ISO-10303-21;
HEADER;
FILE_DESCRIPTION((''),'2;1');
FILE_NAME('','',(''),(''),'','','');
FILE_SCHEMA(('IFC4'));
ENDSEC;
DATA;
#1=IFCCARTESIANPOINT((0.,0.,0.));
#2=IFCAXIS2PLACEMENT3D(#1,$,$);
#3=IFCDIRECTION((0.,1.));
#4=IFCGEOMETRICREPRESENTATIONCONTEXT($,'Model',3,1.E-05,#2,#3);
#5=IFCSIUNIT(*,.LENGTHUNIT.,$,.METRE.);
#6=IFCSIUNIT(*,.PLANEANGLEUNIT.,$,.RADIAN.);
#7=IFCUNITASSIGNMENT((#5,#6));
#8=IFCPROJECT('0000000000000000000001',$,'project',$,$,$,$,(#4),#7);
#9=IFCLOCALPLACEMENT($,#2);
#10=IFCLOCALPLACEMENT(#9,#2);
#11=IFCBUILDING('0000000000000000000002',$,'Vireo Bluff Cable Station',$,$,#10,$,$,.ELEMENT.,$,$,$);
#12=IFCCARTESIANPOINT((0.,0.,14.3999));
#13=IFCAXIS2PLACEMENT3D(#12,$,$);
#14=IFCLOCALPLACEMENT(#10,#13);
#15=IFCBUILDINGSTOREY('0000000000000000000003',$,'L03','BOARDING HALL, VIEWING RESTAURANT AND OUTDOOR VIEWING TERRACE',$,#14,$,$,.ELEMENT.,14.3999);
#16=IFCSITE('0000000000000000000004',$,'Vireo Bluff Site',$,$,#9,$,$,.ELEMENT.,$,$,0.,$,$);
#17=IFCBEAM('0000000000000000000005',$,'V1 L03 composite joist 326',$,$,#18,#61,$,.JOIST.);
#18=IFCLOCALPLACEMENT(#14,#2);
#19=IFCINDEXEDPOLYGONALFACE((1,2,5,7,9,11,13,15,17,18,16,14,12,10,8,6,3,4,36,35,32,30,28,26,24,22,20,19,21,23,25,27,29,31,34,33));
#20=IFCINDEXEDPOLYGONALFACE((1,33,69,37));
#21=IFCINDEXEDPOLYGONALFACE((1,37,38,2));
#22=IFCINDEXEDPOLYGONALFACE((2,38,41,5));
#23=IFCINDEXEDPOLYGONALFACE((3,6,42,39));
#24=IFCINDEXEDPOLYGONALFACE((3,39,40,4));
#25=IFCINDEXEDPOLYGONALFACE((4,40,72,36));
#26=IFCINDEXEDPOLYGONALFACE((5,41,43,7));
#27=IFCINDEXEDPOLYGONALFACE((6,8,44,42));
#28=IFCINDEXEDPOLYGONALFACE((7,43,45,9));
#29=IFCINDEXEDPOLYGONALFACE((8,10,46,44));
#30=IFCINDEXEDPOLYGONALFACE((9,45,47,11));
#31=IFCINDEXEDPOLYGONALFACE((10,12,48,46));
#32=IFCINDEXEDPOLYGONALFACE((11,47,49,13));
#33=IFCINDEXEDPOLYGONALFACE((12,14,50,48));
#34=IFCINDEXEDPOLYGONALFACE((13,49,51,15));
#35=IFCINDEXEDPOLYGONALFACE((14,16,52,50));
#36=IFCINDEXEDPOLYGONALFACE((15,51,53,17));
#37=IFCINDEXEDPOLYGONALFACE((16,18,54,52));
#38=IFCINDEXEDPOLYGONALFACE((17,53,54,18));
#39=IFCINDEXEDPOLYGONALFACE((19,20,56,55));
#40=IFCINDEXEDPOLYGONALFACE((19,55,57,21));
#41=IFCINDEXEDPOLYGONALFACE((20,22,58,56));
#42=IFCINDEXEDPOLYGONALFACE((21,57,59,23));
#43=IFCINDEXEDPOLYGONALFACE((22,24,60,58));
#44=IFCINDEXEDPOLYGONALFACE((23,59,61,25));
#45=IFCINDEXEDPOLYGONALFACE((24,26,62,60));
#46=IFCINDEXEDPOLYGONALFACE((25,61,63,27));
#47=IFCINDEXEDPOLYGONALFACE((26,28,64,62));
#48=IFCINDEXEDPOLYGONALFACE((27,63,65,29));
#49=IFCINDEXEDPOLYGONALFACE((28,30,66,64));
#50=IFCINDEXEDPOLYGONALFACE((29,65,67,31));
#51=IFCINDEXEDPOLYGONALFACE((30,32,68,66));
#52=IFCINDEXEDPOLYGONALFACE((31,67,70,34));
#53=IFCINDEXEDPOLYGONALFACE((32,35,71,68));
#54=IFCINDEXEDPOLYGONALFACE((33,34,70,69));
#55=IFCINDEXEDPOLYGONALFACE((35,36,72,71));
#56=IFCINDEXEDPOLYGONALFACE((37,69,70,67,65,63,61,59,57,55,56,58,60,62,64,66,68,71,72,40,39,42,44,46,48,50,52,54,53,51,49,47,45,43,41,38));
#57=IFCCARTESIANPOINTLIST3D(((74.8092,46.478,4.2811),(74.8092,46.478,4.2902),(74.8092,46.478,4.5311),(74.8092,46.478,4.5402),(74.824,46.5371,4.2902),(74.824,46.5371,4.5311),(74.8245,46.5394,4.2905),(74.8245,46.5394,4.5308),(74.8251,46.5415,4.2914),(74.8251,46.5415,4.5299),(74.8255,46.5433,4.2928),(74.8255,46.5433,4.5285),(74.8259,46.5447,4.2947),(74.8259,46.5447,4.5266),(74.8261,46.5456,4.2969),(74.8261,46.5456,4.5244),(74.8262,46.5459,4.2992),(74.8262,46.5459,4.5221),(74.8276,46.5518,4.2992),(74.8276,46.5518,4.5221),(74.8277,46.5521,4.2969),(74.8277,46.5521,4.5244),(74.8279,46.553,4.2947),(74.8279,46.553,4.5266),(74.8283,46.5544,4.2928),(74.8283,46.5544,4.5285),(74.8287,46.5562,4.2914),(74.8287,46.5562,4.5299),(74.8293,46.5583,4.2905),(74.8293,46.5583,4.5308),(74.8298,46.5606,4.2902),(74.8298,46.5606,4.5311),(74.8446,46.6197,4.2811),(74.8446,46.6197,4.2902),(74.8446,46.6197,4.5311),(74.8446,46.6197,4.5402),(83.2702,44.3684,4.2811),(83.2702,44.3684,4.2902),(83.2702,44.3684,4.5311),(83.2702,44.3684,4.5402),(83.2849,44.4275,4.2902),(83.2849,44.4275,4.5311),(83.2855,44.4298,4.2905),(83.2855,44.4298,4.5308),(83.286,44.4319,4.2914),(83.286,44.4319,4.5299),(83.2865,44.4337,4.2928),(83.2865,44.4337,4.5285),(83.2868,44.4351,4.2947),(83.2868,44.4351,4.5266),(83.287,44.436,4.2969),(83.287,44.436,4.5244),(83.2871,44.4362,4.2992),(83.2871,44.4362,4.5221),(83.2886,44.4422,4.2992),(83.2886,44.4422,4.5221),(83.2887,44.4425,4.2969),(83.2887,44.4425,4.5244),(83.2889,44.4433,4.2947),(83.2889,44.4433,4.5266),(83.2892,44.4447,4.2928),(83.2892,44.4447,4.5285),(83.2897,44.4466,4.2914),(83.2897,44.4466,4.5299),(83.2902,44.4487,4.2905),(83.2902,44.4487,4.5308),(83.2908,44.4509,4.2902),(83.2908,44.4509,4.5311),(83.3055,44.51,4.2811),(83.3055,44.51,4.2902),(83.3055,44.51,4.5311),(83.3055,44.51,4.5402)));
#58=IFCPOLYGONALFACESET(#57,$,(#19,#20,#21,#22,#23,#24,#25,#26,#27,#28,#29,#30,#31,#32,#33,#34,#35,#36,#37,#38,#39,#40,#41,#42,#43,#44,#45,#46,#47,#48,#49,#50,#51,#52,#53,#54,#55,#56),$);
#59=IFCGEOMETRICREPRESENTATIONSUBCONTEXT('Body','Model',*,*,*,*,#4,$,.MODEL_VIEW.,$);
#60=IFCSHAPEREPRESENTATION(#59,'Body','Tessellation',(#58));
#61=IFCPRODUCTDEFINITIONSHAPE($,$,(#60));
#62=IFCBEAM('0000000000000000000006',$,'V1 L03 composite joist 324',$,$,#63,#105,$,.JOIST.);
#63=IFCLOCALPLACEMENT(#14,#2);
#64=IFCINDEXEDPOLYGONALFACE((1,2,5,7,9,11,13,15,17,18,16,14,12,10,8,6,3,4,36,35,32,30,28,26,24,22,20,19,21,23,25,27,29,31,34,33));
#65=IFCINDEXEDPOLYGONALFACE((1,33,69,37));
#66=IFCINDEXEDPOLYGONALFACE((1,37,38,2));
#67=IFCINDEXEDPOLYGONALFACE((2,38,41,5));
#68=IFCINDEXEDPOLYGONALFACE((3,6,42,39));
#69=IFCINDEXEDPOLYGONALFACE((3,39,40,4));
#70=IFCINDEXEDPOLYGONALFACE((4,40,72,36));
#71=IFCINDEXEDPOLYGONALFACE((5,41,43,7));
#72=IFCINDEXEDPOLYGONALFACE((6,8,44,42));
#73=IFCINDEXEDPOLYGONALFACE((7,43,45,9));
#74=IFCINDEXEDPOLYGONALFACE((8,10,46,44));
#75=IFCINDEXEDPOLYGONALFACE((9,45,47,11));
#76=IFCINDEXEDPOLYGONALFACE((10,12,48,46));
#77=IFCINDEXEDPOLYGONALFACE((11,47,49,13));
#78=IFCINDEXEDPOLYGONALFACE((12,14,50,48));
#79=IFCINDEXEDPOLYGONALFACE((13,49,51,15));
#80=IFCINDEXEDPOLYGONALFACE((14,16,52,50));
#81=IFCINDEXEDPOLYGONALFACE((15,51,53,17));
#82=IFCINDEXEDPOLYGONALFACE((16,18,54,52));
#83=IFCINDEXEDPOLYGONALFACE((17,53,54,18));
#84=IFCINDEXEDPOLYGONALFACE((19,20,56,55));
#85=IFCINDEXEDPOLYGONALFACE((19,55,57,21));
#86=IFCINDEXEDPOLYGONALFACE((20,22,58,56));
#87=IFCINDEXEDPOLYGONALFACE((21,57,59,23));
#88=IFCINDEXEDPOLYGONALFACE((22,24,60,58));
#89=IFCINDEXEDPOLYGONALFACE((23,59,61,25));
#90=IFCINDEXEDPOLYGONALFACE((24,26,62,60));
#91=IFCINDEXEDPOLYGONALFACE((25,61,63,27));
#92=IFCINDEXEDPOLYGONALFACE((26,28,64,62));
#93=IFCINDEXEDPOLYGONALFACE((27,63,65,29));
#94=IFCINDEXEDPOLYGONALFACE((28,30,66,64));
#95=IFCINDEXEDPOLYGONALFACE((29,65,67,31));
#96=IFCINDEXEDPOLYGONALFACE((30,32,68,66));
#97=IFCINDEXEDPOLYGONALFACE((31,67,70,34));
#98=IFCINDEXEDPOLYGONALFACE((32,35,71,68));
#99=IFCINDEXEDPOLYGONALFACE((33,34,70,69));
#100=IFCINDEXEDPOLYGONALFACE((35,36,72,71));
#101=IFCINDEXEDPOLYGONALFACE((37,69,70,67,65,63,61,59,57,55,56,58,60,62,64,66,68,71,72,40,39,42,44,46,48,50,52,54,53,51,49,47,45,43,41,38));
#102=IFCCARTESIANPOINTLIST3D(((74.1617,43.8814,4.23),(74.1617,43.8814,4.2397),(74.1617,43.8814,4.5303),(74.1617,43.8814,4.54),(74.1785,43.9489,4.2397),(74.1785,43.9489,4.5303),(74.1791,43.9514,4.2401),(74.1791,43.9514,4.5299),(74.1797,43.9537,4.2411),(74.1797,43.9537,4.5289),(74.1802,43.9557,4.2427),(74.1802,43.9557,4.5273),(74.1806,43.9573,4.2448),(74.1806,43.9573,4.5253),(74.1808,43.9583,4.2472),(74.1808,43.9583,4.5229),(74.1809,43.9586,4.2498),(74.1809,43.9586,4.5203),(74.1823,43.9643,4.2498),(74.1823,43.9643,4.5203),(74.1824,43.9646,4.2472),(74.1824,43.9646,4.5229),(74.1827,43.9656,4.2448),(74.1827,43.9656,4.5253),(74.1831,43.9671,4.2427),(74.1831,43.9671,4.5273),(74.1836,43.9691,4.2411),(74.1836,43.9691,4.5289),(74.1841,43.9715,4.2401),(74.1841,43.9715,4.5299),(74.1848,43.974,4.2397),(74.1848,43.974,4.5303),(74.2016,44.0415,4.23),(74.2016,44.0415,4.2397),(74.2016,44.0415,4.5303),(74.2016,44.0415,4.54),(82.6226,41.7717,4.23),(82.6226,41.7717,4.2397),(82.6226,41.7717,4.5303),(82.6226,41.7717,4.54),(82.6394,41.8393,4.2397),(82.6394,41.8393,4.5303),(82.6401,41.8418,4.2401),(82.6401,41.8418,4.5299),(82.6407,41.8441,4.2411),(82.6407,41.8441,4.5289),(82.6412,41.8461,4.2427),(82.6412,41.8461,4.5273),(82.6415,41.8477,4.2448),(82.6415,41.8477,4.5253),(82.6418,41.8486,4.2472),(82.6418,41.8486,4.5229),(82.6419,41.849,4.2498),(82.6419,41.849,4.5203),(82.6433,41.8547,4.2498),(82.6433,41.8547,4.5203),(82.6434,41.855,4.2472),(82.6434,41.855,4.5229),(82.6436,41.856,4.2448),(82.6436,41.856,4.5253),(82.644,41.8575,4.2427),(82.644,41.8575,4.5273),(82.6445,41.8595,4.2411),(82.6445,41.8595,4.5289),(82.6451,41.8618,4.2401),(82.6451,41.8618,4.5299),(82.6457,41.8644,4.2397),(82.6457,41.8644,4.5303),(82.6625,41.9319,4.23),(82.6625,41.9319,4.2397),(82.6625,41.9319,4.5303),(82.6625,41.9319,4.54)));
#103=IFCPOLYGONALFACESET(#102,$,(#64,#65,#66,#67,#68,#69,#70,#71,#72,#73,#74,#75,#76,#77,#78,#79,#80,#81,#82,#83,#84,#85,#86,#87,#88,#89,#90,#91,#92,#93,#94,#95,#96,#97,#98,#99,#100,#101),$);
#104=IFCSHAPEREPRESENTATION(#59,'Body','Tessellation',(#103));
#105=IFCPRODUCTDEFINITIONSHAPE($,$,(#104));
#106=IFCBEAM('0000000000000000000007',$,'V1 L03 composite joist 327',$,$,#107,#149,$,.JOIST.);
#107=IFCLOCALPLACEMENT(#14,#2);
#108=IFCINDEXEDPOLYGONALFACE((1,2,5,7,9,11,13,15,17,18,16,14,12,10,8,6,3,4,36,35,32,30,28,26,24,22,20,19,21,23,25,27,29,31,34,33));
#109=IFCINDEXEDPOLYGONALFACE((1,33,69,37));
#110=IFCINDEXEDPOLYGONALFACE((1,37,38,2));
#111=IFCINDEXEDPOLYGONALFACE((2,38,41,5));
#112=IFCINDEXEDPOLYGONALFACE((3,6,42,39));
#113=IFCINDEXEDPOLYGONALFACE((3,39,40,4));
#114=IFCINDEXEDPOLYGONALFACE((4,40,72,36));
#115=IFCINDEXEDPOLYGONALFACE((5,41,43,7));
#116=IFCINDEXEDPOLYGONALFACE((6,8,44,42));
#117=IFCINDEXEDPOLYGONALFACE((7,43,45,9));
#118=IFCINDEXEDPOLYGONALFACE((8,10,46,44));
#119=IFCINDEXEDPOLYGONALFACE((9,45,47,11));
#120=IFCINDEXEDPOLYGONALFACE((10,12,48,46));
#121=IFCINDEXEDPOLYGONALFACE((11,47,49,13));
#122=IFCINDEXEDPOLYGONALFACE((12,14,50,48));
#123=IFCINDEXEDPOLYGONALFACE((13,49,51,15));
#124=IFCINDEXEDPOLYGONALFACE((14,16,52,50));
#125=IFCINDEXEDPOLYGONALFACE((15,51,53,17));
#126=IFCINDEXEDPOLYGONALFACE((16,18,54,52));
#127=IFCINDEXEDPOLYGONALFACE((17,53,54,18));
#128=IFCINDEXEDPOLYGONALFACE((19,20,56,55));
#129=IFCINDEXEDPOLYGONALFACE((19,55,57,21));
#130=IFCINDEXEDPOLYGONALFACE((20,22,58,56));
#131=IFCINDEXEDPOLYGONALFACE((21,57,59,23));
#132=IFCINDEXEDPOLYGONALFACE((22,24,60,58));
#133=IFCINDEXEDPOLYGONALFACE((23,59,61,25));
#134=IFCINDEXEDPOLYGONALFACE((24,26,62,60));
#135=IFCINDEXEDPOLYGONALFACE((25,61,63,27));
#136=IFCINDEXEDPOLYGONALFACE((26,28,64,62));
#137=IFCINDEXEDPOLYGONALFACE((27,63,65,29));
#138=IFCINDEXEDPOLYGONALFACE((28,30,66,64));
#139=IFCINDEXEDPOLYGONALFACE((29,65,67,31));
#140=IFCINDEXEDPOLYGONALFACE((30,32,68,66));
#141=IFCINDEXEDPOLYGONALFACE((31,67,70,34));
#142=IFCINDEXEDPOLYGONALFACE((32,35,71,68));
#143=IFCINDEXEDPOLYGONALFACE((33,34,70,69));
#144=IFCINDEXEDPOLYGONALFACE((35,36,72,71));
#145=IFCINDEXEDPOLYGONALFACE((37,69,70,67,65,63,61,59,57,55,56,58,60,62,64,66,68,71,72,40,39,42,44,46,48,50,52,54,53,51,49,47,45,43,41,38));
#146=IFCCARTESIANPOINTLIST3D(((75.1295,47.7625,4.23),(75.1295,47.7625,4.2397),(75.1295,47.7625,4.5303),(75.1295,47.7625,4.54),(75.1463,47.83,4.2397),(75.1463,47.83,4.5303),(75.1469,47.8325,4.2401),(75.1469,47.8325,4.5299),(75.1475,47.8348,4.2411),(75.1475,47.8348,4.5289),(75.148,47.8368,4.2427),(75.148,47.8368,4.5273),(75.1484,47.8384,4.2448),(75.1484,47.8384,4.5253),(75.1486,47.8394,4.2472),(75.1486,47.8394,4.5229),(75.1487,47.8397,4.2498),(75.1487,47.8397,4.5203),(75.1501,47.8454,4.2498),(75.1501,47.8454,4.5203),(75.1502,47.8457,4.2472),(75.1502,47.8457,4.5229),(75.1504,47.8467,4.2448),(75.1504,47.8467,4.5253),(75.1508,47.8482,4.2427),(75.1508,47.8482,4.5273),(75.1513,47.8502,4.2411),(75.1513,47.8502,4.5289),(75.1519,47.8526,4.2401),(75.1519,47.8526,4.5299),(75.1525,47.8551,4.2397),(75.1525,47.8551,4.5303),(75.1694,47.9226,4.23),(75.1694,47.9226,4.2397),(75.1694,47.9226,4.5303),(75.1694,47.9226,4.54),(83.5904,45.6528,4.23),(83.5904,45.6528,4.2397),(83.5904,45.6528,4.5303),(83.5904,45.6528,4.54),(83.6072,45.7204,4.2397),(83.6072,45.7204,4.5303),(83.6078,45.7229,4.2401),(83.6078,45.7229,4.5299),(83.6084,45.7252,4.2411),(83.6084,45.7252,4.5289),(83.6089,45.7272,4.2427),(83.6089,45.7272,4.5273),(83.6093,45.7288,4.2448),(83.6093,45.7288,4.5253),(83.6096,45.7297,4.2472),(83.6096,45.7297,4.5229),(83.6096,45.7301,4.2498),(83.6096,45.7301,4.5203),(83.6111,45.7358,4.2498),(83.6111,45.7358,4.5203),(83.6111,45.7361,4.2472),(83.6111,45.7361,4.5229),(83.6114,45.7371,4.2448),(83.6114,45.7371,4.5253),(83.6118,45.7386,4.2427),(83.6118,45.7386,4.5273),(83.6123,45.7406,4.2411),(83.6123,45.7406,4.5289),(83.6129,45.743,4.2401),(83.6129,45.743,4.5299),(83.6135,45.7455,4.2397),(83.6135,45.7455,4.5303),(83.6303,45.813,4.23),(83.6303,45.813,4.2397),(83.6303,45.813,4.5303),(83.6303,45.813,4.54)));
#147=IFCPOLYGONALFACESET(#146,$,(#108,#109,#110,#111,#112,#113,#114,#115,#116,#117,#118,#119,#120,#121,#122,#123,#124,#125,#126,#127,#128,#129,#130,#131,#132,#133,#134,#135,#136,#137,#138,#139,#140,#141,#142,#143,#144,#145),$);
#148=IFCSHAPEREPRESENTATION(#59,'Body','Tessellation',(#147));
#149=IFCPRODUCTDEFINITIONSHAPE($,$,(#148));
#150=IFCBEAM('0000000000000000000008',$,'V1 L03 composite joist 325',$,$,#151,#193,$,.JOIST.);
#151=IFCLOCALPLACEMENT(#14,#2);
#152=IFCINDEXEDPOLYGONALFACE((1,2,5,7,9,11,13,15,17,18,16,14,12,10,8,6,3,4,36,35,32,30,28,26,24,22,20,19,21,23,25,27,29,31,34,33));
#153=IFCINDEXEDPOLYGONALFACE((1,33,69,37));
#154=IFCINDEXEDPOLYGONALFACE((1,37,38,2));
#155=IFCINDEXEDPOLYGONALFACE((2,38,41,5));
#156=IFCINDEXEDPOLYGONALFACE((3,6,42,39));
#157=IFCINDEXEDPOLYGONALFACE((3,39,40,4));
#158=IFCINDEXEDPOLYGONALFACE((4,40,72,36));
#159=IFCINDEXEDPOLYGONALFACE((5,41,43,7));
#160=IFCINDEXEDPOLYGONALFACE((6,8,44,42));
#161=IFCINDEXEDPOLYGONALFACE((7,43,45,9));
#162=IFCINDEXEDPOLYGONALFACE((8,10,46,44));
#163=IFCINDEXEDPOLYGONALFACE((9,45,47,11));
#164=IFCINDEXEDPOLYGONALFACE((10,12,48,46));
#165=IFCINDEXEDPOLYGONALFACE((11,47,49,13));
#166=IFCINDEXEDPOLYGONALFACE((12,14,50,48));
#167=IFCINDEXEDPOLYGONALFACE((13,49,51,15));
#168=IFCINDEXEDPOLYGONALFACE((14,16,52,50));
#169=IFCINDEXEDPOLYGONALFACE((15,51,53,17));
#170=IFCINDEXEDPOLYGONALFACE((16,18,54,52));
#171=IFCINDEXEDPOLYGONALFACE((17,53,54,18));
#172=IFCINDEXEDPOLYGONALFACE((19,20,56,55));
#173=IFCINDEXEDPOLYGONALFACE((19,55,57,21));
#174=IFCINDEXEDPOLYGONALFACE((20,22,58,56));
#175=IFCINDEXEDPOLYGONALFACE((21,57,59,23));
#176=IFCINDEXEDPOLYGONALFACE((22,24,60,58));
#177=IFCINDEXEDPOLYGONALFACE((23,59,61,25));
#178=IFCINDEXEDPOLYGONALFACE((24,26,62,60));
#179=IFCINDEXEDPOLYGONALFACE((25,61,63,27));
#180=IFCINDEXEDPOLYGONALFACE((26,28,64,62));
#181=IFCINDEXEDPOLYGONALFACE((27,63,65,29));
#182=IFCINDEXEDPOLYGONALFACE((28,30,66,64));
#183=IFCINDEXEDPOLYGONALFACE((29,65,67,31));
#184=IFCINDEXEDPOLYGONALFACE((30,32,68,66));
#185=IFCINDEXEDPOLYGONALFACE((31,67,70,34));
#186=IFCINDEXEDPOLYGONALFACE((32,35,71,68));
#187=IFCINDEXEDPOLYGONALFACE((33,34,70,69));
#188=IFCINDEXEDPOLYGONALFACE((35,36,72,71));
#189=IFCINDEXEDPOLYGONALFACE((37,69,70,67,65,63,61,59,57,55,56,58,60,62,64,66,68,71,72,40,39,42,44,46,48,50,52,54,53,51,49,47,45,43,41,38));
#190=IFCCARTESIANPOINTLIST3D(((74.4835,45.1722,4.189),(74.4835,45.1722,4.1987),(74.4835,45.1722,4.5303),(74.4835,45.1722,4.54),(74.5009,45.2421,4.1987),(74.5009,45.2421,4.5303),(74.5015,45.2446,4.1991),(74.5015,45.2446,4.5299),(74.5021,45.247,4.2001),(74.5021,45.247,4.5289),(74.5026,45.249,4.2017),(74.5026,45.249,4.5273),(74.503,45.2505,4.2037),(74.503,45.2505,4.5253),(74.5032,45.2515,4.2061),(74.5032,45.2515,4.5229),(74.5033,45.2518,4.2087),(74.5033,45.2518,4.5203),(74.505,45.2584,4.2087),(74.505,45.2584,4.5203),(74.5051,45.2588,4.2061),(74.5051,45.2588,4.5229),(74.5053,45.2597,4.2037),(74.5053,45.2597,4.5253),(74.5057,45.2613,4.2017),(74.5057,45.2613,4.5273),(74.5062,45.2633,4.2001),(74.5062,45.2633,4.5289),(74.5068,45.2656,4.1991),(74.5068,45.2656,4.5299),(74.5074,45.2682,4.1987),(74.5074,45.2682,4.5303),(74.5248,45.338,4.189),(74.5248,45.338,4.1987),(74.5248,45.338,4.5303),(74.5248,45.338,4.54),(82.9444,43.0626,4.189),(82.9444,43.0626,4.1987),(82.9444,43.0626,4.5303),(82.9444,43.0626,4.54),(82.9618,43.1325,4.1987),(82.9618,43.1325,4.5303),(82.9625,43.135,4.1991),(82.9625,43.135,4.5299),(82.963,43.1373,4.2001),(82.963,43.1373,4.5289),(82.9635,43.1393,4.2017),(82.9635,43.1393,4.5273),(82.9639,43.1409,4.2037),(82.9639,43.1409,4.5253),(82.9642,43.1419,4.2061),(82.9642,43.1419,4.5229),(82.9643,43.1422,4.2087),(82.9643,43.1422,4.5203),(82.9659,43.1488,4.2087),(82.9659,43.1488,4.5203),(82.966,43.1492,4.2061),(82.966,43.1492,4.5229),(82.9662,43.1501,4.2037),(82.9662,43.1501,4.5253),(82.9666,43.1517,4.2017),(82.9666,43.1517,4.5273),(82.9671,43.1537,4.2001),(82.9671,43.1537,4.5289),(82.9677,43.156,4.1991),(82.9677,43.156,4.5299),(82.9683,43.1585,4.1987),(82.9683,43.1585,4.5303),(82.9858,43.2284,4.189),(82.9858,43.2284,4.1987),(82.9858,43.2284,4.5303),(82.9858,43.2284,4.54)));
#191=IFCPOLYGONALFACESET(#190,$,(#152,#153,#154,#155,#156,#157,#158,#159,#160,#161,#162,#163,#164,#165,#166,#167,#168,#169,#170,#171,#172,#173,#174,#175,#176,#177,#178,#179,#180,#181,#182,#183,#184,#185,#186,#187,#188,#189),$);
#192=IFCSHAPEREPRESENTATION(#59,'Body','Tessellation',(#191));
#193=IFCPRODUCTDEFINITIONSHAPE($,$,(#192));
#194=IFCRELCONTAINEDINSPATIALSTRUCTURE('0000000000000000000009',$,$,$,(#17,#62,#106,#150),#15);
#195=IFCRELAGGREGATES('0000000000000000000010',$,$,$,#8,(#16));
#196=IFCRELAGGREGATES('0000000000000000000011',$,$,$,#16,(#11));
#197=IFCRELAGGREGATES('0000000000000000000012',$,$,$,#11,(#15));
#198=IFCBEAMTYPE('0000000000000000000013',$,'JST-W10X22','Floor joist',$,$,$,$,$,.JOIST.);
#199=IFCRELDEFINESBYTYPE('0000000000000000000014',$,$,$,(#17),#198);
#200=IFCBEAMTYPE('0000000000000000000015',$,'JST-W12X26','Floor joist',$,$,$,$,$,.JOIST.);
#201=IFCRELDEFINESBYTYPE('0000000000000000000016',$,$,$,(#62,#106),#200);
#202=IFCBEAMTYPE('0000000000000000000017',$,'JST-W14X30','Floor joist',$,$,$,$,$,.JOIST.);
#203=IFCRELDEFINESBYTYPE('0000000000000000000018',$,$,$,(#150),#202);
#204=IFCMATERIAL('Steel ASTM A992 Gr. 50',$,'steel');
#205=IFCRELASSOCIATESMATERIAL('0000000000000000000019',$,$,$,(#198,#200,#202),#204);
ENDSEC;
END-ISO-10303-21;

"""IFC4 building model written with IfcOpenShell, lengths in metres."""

from ifc_helpers import new_model, si_unit, direction, frame, origin, origin_2d, place, context, subcontext, project, spatial, i_section, extrude, material, material_profile, profile_set, type_object, element, save


model = new_model("IFC4")

# Units and contexts
model_context = context("Model", 3, precision=1e-05, world=origin(), true_north=direction((0.0, 1.0)))
body_context = subcontext(model_context, "Body", "Model", "MODEL_VIEW")
ifc_project = project(units=[si_unit("LENGTHUNIT", "METRE"), si_unit("PLANEANGLEUNIT", "RADIAN")], contexts=[model_context])

# Site, building, storey
site_placement = place(None, origin())
site = spatial("IfcSite", under=ifc_project, at=site_placement, Name="Vireo Bluff Site", CompositionType="ELEMENT", RefElevation=0.0)
building_placement = place(site_placement, origin())
building = spatial("IfcBuilding", under=site, at=building_placement, Name="Vireo Bluff Cable Station", CompositionType="ELEMENT")
storey_placement = place(building_placement, frame((0.0, 0.0, 14.3999)))
storey = spatial("IfcBuildingStorey", under=building, at=storey_placement, Name="L03", Description="BOARDING HALL, VIEWING RESTAURANT AND OUTDOOR VIEWING TERRACE", CompositionType="ELEMENT", Elevation=14.3999)

# Shared definitions
ifc_material_1 = material(Name="Steel ASTM A992 Gr. 50", Category="steel")

# Beams
ifc_material_profile_1 = material_profile(ifc_material_1, i_section(OverallWidth=0.146, OverallDepth=0.259, WebThickness=0.0061, FlangeThickness=0.009, FilletRadius=0.009, at=origin_2d()), Name="W10X22")
ifc_profile_set_1 = profile_set([ifc_material_profile_1], Name="Steel ASTM A992 Gr. 50")
beam_type_1 = type_object("IfcBeamType", Name="JST-W10X22", Description="Floor joist", PredefinedType="JOIST", material=ifc_profile_set_1)
beam_1_placement = place(storey_placement, frame((74.8269, 46.5488, 4.4106), z_axis=(0.970294, -0.24193, 0.0), x_axis=(0.24193, 0.970294, 0.0)))
element("IfcBeam", 1, at=beam_1_placement, inside=storey, type_object=beam_type_1, Name="V1 L03 composite joist 326", PredefinedType="JOIST", context=body_context, shape_type="SweptSolid", body=[
    extrude(i_section(OverallWidth=0.146, OverallDepth=0.259, WebThickness=0.0061, FlangeThickness=0.009, FilletRadius=0.009, at=origin_2d()), origin(), (0.0, 0.0, 1.0), 8.72),
])
ifc_material_profile_2 = material_profile(ifc_material_1, i_section(OverallWidth=0.165, OverallDepth=0.3101, WebThickness=0.0059, FlangeThickness=0.0098, FilletRadius=0.01, at=origin_2d()), Name="W12X26")
ifc_profile_set_2 = profile_set([ifc_material_profile_2], Name="Steel ASTM A992 Gr. 50")
beam_type_2 = type_object("IfcBeamType", Name="JST-W12X26", Description="Floor joist", PredefinedType="JOIST", material=ifc_profile_set_2)
for number, where, z_axis, x_axis, name in (
    (2, (74.1816, 43.9614, 4.385), (0.970294, -0.24193, 0.0), (0.24193, 0.970294, 0.0), "V1 L03 composite joist 324"),
    (3, (75.1494, 47.8425, 4.385), (0.970294, -0.24193, 0.0), (0.24193, 0.970294, 0.0), "V1 L03 composite joist 327"),
):
    element("IfcBeam", number, at=place(storey_placement, frame(where, z_axis=z_axis, x_axis=x_axis)), inside=storey, type_object=beam_type_2, Name=name, PredefinedType="JOIST", context=body_context, shape_type="SweptSolid", body=[
        extrude(i_section(OverallWidth=0.165, OverallDepth=0.3101, WebThickness=0.0059, FlangeThickness=0.0098, FilletRadius=0.01, at=origin_2d()), origin(), (0.0, 0.0, 1.0), 8.72),
    ])
ifc_material_profile_3 = material_profile(ifc_material_1, i_section(OverallWidth=0.1709, OverallDepth=0.3511, WebThickness=0.0068, FlangeThickness=0.0098, FilletRadius=0.01, at=origin_2d()), Name="W14X30")
ifc_profile_set_3 = profile_set([ifc_material_profile_3], Name="Steel ASTM A992 Gr. 50")
beam_type_3 = type_object("IfcBeamType", Name="JST-W14X30", Description="Floor joist", PredefinedType="JOIST", material=ifc_profile_set_3)
beam_2_placement = place(storey_placement, frame((74.5042, 45.2551, 4.3645), z_axis=(0.970294, -0.24193, 0.0), x_axis=(0.24193, 0.970294, 0.0)))
element("IfcBeam", 4, at=beam_2_placement, inside=storey, type_object=beam_type_3, Name="V1 L03 composite joist 325", PredefinedType="JOIST", context=body_context, shape_type="SweptSolid", body=[
    extrude(i_section(OverallWidth=0.1709, OverallDepth=0.3511, WebThickness=0.0068, FlangeThickness=0.0098, FilletRadius=0.01, at=origin_2d()), origin(), (0.0, 0.0, 1.0), 8.72),
])

save(model, "model.ifc")
